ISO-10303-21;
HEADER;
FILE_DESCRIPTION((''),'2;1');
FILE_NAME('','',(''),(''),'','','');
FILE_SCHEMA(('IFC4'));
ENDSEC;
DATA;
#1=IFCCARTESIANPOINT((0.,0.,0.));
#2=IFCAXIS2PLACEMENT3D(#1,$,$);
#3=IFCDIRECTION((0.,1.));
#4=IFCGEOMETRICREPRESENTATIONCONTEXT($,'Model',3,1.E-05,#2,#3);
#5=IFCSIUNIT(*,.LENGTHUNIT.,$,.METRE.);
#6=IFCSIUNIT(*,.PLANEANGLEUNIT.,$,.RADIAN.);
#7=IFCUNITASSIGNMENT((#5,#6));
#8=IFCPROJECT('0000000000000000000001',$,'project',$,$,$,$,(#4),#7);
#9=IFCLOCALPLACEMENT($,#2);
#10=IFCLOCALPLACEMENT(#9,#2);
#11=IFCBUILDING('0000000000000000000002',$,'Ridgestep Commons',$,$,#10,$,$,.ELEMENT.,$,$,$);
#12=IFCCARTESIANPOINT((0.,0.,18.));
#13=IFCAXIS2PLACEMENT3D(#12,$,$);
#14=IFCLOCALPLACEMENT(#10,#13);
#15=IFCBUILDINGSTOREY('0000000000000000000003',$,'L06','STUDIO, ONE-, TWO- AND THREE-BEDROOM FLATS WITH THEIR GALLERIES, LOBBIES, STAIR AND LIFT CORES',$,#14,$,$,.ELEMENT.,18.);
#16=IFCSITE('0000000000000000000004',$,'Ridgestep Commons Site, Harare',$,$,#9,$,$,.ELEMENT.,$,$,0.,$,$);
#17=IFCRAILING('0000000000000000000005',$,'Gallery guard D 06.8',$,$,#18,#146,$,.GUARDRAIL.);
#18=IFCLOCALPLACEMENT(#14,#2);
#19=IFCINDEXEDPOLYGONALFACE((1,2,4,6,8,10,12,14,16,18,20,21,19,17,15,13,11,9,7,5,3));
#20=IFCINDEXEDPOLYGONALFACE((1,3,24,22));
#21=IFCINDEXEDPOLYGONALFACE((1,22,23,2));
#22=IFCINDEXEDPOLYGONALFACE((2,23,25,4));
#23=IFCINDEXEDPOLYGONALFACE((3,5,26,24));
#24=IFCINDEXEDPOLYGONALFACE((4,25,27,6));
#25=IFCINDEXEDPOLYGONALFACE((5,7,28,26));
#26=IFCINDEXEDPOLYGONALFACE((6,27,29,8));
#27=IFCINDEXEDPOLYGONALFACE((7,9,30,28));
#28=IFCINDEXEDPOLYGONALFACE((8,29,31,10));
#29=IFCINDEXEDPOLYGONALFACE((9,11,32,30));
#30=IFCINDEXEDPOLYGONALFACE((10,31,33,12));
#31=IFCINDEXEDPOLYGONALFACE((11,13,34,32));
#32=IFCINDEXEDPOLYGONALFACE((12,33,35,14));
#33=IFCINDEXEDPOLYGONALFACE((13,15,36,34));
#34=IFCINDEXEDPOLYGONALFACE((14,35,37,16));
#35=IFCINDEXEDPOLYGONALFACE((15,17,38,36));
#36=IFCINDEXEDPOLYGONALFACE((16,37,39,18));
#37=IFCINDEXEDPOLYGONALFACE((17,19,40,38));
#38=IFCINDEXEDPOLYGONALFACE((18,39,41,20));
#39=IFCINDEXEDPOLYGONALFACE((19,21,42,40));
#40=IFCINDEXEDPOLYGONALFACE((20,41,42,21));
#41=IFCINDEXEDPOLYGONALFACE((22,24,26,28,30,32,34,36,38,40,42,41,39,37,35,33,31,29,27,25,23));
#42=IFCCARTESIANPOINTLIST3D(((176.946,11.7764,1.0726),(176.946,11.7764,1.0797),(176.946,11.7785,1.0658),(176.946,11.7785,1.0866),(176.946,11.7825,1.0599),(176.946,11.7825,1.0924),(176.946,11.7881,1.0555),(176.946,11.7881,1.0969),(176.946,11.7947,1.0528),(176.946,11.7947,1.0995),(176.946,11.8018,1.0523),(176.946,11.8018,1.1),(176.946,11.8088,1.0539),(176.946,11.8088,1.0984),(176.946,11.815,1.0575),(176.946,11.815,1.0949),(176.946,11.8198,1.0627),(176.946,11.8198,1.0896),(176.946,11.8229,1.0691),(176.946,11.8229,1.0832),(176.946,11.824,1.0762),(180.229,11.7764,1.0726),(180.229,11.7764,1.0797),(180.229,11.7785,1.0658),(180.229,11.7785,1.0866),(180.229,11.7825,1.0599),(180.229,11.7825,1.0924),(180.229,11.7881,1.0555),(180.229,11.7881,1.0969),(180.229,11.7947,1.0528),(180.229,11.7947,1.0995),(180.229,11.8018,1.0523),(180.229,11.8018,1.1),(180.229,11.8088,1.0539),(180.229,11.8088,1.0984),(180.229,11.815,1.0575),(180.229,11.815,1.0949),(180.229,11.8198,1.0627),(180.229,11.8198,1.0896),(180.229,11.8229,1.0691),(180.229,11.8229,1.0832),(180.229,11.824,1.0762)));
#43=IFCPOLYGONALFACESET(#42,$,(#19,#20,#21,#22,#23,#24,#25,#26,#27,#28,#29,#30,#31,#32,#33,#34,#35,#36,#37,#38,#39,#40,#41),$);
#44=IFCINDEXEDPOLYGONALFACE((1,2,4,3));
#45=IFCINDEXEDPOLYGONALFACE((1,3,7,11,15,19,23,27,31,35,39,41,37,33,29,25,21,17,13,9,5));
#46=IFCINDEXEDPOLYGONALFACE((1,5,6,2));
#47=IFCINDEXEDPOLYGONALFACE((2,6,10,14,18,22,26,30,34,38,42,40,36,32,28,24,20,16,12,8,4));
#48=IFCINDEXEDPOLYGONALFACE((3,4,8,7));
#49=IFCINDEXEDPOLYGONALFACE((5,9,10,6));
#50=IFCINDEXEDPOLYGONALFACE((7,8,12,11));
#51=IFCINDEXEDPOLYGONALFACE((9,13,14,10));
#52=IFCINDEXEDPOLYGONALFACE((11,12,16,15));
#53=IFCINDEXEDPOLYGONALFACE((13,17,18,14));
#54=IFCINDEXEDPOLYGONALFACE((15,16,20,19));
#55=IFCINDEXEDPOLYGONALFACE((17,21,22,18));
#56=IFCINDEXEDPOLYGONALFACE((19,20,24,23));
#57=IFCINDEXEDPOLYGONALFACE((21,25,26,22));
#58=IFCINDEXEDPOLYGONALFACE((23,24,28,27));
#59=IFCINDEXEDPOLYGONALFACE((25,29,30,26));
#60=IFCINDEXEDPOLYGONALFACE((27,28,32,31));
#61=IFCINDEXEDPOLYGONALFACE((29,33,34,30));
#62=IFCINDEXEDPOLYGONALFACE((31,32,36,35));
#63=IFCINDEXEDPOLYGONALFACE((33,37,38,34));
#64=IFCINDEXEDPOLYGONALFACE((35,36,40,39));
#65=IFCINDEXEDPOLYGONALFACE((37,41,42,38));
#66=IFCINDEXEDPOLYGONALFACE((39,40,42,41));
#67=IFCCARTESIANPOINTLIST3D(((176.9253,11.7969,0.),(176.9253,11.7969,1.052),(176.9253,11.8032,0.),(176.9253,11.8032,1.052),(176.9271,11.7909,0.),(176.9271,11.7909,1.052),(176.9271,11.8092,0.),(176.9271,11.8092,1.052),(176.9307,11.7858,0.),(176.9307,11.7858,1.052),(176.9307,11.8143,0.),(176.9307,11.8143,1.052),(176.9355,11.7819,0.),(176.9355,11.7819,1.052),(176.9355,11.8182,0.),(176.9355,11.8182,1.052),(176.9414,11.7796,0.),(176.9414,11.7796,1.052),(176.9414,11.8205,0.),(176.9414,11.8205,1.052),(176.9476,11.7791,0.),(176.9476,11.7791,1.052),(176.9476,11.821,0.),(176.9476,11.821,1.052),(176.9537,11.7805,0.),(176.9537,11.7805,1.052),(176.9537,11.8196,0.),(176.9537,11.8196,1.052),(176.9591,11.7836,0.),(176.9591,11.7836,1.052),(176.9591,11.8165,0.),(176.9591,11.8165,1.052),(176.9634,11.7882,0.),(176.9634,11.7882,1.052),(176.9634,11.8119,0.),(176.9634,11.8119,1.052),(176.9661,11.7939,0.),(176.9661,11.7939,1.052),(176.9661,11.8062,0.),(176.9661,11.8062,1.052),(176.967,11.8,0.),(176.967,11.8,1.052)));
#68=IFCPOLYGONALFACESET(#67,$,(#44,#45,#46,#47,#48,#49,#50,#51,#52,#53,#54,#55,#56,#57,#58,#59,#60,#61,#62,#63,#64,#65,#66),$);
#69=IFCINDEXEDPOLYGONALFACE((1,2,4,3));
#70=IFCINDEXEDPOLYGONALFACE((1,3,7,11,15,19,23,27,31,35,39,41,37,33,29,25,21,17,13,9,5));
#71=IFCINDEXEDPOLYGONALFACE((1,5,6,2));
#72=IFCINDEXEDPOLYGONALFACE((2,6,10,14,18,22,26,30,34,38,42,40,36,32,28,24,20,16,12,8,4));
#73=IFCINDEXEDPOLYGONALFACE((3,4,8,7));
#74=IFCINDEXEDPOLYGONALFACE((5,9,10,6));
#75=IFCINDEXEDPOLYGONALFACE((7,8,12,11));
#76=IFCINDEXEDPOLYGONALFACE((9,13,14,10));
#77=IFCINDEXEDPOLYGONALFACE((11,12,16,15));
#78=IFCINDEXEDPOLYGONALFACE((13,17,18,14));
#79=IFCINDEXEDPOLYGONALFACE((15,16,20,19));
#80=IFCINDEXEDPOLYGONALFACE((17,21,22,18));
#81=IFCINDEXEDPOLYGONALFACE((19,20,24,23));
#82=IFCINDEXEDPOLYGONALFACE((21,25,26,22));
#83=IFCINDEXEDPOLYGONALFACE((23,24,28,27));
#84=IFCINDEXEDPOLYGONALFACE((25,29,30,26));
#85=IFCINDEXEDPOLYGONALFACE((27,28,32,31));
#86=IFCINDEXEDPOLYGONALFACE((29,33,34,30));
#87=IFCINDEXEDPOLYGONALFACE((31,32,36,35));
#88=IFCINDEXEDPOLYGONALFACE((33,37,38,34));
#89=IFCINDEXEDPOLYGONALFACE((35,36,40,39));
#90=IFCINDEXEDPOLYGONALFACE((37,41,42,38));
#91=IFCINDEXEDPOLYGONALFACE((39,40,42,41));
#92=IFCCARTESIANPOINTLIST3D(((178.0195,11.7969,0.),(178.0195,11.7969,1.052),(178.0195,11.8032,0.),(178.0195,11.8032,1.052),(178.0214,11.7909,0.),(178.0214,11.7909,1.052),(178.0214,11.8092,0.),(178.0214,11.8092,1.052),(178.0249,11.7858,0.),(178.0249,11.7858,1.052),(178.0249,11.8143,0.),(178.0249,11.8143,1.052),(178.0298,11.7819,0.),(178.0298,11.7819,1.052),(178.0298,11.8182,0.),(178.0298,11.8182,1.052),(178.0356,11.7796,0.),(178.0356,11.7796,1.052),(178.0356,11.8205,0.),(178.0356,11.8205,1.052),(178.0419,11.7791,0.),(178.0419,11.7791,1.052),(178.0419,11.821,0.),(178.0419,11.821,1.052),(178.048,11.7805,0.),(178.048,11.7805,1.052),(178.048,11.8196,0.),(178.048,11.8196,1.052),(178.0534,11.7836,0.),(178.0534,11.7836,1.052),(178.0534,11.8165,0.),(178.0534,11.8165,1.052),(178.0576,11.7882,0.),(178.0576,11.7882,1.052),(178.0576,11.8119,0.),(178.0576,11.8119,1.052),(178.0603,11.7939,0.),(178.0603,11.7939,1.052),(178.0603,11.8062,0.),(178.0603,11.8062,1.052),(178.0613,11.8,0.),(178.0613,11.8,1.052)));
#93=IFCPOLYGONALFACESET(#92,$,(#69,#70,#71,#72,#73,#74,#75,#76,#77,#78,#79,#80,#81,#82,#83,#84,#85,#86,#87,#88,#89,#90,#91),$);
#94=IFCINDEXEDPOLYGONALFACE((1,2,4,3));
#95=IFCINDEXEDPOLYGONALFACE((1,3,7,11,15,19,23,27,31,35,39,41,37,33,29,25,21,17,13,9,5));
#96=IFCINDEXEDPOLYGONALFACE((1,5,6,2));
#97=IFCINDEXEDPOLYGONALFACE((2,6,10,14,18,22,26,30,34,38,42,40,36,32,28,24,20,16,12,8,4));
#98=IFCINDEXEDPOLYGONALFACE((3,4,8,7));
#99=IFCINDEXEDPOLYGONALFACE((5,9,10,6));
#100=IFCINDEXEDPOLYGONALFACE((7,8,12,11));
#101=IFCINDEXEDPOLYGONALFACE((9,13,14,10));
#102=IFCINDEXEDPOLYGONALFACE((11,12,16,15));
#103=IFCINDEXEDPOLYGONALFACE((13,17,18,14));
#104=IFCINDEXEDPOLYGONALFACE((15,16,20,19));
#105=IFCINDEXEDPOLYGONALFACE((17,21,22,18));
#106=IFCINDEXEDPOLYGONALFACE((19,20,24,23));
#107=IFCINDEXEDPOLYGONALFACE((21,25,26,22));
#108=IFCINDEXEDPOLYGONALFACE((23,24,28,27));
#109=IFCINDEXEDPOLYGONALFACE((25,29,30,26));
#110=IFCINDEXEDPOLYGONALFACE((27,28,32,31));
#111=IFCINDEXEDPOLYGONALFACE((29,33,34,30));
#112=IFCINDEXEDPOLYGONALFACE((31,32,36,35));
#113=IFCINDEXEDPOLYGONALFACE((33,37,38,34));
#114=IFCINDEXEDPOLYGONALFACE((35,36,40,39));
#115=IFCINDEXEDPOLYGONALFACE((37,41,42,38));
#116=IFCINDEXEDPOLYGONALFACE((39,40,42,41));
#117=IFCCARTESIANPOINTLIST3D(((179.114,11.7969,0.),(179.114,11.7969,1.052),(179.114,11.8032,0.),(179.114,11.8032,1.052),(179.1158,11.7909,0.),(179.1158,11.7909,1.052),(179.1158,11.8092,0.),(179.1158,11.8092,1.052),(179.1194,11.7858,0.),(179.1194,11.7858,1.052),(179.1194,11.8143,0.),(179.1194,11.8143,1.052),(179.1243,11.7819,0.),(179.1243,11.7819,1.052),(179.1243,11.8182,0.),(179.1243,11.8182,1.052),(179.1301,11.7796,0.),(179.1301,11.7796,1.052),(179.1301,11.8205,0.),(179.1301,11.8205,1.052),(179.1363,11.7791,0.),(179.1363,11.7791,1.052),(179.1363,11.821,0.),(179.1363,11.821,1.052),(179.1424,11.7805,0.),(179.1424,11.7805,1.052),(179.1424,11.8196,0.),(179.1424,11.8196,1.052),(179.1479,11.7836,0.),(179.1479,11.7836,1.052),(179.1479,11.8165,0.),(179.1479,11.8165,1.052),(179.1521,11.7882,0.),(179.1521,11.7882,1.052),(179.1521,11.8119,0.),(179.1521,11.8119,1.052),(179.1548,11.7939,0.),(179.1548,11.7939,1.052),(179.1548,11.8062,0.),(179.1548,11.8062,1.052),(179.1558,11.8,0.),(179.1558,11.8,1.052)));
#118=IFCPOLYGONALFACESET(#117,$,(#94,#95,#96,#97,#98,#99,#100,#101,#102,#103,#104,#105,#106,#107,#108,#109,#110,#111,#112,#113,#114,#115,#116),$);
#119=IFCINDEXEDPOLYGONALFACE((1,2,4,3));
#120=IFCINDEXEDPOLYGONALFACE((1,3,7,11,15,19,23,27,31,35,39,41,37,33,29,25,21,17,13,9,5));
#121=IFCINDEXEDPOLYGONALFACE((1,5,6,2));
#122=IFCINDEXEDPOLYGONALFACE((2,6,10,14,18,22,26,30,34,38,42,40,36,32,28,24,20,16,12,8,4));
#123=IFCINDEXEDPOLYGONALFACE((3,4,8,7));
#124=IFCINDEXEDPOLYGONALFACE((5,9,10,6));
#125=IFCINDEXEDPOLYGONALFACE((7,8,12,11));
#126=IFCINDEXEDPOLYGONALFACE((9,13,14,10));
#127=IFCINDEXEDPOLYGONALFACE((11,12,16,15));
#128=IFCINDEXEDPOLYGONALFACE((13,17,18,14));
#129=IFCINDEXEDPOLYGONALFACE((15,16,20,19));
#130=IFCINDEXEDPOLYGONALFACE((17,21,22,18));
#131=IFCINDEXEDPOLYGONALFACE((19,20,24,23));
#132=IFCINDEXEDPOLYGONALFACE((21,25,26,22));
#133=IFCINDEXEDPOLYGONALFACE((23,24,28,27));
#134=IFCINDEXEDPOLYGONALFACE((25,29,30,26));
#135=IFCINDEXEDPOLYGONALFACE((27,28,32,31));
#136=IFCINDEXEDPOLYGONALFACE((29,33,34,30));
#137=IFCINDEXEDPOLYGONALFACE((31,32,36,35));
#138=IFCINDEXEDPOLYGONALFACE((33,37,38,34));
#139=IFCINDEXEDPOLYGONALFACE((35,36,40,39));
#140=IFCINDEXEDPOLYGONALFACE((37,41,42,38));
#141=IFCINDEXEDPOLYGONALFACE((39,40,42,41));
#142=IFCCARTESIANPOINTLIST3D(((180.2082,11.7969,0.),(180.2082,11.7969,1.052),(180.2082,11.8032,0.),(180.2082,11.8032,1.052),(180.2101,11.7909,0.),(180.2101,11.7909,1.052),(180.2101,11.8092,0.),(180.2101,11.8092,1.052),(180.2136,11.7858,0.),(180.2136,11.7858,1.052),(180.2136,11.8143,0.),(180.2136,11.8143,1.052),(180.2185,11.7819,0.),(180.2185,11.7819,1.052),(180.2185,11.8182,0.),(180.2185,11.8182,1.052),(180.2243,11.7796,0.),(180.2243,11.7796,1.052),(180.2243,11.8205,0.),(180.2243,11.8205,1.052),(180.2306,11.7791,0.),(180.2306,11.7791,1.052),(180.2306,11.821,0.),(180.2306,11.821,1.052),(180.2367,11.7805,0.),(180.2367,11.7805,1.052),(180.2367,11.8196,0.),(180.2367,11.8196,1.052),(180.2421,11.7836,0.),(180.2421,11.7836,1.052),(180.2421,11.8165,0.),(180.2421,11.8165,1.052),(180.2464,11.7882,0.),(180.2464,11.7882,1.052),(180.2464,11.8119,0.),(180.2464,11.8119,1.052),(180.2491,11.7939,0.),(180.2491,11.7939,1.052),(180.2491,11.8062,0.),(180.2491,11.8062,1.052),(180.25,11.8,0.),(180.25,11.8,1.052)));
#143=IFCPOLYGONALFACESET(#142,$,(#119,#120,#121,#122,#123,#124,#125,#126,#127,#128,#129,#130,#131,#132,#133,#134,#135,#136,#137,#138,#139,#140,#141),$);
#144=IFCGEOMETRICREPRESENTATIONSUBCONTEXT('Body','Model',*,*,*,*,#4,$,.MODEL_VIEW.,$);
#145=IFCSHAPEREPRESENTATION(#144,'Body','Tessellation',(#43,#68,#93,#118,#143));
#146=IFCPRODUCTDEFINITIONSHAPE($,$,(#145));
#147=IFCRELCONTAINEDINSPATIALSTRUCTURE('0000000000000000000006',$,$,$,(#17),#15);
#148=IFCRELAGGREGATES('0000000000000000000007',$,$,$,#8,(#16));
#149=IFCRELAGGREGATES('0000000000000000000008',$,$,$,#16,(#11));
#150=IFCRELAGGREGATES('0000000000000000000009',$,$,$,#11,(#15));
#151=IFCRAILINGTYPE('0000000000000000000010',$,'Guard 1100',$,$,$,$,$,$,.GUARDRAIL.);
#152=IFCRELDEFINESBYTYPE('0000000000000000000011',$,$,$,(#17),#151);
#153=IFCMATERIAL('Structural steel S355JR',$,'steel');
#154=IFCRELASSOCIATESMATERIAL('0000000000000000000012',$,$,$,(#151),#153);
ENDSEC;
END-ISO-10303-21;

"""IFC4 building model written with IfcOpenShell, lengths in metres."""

from ifc_helpers import new_model, si_unit, direction, frame, origin, origin_2d, place, context, subcontext, project, spatial, circle, extrude, material, type_object, element, save


model = new_model("IFC4")

# Units and contexts
model_context = context("Model", 3, precision=1e-05, world=origin(), true_north=direction((0.0, 1.0)))
body_context = subcontext(model_context, "Body", "Model", "MODEL_VIEW")
ifc_project = project(units=[si_unit("LENGTHUNIT", "METRE"), si_unit("PLANEANGLEUNIT", "RADIAN")], contexts=[model_context])

# Site, building, storey
site_placement = place(None, origin())
site = spatial("IfcSite", under=ifc_project, at=site_placement, Name="Ridgestep Commons Site, Harare", CompositionType="ELEMENT", RefElevation=0.0)
building_placement = place(site_placement, origin())
building = spatial("IfcBuilding", under=site, at=building_placement, Name="Ridgestep Commons", CompositionType="ELEMENT")
storey_placement = place(building_placement, frame((0.0, 0.0, 18.0)))
storey = spatial("IfcBuildingStorey", under=building, at=storey_placement, Name="L06", Description="STUDIO, ONE-, TWO- AND THREE-BEDROOM FLATS WITH THEIR GALLERIES, LOBBIES, STAIR AND LIFT CORES", CompositionType="ELEMENT", Elevation=18.0)

# Railing
ifc_material_1 = material(Name="Structural steel S355JR", Category="steel")
railing_type = type_object("IfcRailingType", Name="Guard 1100", PredefinedType="GUARDRAIL", material=ifc_material_1)
for number, where, name in (
    (1, (176.946, 11.8, 0.0), "Gallery guard D 06.8"),
):
    element("IfcRailing", number, at=place(storey_placement, frame(where)), inside=storey, type_object=railing_type, Name=name, PredefinedType="GUARDRAIL", context=body_context, shape_type="SweptSolid", body=[
        extrude(circle(Radius=0.0239, at=origin_2d()), frame((0.0, 0.0, 1.0762), z_axis=(1.0, 0.0, 0.0), x_axis=(0.0, 1.0, 0.0)), (0.0, 0.0, 1.0), 3.283),
        extrude(circle(Radius=0.021, at=origin_2d()), origin(), (0.0, 0.0, 1.0), 1.052),
        extrude(circle(Radius=0.021, at=origin_2d()), frame((1.0942, 0.0, 0.0)), (0.0, 0.0, 1.0), 1.052),
        extrude(circle(Radius=0.021, at=origin_2d()), frame((2.1887, 0.0, 0.0)), (0.0, 0.0, 1.0), 1.052),
        extrude(circle(Radius=0.021, at=origin_2d()), frame((3.283, 0.0, 0.0)), (0.0, 0.0, 1.0), 1.052),
    ])

save(model, "model.ifc")
